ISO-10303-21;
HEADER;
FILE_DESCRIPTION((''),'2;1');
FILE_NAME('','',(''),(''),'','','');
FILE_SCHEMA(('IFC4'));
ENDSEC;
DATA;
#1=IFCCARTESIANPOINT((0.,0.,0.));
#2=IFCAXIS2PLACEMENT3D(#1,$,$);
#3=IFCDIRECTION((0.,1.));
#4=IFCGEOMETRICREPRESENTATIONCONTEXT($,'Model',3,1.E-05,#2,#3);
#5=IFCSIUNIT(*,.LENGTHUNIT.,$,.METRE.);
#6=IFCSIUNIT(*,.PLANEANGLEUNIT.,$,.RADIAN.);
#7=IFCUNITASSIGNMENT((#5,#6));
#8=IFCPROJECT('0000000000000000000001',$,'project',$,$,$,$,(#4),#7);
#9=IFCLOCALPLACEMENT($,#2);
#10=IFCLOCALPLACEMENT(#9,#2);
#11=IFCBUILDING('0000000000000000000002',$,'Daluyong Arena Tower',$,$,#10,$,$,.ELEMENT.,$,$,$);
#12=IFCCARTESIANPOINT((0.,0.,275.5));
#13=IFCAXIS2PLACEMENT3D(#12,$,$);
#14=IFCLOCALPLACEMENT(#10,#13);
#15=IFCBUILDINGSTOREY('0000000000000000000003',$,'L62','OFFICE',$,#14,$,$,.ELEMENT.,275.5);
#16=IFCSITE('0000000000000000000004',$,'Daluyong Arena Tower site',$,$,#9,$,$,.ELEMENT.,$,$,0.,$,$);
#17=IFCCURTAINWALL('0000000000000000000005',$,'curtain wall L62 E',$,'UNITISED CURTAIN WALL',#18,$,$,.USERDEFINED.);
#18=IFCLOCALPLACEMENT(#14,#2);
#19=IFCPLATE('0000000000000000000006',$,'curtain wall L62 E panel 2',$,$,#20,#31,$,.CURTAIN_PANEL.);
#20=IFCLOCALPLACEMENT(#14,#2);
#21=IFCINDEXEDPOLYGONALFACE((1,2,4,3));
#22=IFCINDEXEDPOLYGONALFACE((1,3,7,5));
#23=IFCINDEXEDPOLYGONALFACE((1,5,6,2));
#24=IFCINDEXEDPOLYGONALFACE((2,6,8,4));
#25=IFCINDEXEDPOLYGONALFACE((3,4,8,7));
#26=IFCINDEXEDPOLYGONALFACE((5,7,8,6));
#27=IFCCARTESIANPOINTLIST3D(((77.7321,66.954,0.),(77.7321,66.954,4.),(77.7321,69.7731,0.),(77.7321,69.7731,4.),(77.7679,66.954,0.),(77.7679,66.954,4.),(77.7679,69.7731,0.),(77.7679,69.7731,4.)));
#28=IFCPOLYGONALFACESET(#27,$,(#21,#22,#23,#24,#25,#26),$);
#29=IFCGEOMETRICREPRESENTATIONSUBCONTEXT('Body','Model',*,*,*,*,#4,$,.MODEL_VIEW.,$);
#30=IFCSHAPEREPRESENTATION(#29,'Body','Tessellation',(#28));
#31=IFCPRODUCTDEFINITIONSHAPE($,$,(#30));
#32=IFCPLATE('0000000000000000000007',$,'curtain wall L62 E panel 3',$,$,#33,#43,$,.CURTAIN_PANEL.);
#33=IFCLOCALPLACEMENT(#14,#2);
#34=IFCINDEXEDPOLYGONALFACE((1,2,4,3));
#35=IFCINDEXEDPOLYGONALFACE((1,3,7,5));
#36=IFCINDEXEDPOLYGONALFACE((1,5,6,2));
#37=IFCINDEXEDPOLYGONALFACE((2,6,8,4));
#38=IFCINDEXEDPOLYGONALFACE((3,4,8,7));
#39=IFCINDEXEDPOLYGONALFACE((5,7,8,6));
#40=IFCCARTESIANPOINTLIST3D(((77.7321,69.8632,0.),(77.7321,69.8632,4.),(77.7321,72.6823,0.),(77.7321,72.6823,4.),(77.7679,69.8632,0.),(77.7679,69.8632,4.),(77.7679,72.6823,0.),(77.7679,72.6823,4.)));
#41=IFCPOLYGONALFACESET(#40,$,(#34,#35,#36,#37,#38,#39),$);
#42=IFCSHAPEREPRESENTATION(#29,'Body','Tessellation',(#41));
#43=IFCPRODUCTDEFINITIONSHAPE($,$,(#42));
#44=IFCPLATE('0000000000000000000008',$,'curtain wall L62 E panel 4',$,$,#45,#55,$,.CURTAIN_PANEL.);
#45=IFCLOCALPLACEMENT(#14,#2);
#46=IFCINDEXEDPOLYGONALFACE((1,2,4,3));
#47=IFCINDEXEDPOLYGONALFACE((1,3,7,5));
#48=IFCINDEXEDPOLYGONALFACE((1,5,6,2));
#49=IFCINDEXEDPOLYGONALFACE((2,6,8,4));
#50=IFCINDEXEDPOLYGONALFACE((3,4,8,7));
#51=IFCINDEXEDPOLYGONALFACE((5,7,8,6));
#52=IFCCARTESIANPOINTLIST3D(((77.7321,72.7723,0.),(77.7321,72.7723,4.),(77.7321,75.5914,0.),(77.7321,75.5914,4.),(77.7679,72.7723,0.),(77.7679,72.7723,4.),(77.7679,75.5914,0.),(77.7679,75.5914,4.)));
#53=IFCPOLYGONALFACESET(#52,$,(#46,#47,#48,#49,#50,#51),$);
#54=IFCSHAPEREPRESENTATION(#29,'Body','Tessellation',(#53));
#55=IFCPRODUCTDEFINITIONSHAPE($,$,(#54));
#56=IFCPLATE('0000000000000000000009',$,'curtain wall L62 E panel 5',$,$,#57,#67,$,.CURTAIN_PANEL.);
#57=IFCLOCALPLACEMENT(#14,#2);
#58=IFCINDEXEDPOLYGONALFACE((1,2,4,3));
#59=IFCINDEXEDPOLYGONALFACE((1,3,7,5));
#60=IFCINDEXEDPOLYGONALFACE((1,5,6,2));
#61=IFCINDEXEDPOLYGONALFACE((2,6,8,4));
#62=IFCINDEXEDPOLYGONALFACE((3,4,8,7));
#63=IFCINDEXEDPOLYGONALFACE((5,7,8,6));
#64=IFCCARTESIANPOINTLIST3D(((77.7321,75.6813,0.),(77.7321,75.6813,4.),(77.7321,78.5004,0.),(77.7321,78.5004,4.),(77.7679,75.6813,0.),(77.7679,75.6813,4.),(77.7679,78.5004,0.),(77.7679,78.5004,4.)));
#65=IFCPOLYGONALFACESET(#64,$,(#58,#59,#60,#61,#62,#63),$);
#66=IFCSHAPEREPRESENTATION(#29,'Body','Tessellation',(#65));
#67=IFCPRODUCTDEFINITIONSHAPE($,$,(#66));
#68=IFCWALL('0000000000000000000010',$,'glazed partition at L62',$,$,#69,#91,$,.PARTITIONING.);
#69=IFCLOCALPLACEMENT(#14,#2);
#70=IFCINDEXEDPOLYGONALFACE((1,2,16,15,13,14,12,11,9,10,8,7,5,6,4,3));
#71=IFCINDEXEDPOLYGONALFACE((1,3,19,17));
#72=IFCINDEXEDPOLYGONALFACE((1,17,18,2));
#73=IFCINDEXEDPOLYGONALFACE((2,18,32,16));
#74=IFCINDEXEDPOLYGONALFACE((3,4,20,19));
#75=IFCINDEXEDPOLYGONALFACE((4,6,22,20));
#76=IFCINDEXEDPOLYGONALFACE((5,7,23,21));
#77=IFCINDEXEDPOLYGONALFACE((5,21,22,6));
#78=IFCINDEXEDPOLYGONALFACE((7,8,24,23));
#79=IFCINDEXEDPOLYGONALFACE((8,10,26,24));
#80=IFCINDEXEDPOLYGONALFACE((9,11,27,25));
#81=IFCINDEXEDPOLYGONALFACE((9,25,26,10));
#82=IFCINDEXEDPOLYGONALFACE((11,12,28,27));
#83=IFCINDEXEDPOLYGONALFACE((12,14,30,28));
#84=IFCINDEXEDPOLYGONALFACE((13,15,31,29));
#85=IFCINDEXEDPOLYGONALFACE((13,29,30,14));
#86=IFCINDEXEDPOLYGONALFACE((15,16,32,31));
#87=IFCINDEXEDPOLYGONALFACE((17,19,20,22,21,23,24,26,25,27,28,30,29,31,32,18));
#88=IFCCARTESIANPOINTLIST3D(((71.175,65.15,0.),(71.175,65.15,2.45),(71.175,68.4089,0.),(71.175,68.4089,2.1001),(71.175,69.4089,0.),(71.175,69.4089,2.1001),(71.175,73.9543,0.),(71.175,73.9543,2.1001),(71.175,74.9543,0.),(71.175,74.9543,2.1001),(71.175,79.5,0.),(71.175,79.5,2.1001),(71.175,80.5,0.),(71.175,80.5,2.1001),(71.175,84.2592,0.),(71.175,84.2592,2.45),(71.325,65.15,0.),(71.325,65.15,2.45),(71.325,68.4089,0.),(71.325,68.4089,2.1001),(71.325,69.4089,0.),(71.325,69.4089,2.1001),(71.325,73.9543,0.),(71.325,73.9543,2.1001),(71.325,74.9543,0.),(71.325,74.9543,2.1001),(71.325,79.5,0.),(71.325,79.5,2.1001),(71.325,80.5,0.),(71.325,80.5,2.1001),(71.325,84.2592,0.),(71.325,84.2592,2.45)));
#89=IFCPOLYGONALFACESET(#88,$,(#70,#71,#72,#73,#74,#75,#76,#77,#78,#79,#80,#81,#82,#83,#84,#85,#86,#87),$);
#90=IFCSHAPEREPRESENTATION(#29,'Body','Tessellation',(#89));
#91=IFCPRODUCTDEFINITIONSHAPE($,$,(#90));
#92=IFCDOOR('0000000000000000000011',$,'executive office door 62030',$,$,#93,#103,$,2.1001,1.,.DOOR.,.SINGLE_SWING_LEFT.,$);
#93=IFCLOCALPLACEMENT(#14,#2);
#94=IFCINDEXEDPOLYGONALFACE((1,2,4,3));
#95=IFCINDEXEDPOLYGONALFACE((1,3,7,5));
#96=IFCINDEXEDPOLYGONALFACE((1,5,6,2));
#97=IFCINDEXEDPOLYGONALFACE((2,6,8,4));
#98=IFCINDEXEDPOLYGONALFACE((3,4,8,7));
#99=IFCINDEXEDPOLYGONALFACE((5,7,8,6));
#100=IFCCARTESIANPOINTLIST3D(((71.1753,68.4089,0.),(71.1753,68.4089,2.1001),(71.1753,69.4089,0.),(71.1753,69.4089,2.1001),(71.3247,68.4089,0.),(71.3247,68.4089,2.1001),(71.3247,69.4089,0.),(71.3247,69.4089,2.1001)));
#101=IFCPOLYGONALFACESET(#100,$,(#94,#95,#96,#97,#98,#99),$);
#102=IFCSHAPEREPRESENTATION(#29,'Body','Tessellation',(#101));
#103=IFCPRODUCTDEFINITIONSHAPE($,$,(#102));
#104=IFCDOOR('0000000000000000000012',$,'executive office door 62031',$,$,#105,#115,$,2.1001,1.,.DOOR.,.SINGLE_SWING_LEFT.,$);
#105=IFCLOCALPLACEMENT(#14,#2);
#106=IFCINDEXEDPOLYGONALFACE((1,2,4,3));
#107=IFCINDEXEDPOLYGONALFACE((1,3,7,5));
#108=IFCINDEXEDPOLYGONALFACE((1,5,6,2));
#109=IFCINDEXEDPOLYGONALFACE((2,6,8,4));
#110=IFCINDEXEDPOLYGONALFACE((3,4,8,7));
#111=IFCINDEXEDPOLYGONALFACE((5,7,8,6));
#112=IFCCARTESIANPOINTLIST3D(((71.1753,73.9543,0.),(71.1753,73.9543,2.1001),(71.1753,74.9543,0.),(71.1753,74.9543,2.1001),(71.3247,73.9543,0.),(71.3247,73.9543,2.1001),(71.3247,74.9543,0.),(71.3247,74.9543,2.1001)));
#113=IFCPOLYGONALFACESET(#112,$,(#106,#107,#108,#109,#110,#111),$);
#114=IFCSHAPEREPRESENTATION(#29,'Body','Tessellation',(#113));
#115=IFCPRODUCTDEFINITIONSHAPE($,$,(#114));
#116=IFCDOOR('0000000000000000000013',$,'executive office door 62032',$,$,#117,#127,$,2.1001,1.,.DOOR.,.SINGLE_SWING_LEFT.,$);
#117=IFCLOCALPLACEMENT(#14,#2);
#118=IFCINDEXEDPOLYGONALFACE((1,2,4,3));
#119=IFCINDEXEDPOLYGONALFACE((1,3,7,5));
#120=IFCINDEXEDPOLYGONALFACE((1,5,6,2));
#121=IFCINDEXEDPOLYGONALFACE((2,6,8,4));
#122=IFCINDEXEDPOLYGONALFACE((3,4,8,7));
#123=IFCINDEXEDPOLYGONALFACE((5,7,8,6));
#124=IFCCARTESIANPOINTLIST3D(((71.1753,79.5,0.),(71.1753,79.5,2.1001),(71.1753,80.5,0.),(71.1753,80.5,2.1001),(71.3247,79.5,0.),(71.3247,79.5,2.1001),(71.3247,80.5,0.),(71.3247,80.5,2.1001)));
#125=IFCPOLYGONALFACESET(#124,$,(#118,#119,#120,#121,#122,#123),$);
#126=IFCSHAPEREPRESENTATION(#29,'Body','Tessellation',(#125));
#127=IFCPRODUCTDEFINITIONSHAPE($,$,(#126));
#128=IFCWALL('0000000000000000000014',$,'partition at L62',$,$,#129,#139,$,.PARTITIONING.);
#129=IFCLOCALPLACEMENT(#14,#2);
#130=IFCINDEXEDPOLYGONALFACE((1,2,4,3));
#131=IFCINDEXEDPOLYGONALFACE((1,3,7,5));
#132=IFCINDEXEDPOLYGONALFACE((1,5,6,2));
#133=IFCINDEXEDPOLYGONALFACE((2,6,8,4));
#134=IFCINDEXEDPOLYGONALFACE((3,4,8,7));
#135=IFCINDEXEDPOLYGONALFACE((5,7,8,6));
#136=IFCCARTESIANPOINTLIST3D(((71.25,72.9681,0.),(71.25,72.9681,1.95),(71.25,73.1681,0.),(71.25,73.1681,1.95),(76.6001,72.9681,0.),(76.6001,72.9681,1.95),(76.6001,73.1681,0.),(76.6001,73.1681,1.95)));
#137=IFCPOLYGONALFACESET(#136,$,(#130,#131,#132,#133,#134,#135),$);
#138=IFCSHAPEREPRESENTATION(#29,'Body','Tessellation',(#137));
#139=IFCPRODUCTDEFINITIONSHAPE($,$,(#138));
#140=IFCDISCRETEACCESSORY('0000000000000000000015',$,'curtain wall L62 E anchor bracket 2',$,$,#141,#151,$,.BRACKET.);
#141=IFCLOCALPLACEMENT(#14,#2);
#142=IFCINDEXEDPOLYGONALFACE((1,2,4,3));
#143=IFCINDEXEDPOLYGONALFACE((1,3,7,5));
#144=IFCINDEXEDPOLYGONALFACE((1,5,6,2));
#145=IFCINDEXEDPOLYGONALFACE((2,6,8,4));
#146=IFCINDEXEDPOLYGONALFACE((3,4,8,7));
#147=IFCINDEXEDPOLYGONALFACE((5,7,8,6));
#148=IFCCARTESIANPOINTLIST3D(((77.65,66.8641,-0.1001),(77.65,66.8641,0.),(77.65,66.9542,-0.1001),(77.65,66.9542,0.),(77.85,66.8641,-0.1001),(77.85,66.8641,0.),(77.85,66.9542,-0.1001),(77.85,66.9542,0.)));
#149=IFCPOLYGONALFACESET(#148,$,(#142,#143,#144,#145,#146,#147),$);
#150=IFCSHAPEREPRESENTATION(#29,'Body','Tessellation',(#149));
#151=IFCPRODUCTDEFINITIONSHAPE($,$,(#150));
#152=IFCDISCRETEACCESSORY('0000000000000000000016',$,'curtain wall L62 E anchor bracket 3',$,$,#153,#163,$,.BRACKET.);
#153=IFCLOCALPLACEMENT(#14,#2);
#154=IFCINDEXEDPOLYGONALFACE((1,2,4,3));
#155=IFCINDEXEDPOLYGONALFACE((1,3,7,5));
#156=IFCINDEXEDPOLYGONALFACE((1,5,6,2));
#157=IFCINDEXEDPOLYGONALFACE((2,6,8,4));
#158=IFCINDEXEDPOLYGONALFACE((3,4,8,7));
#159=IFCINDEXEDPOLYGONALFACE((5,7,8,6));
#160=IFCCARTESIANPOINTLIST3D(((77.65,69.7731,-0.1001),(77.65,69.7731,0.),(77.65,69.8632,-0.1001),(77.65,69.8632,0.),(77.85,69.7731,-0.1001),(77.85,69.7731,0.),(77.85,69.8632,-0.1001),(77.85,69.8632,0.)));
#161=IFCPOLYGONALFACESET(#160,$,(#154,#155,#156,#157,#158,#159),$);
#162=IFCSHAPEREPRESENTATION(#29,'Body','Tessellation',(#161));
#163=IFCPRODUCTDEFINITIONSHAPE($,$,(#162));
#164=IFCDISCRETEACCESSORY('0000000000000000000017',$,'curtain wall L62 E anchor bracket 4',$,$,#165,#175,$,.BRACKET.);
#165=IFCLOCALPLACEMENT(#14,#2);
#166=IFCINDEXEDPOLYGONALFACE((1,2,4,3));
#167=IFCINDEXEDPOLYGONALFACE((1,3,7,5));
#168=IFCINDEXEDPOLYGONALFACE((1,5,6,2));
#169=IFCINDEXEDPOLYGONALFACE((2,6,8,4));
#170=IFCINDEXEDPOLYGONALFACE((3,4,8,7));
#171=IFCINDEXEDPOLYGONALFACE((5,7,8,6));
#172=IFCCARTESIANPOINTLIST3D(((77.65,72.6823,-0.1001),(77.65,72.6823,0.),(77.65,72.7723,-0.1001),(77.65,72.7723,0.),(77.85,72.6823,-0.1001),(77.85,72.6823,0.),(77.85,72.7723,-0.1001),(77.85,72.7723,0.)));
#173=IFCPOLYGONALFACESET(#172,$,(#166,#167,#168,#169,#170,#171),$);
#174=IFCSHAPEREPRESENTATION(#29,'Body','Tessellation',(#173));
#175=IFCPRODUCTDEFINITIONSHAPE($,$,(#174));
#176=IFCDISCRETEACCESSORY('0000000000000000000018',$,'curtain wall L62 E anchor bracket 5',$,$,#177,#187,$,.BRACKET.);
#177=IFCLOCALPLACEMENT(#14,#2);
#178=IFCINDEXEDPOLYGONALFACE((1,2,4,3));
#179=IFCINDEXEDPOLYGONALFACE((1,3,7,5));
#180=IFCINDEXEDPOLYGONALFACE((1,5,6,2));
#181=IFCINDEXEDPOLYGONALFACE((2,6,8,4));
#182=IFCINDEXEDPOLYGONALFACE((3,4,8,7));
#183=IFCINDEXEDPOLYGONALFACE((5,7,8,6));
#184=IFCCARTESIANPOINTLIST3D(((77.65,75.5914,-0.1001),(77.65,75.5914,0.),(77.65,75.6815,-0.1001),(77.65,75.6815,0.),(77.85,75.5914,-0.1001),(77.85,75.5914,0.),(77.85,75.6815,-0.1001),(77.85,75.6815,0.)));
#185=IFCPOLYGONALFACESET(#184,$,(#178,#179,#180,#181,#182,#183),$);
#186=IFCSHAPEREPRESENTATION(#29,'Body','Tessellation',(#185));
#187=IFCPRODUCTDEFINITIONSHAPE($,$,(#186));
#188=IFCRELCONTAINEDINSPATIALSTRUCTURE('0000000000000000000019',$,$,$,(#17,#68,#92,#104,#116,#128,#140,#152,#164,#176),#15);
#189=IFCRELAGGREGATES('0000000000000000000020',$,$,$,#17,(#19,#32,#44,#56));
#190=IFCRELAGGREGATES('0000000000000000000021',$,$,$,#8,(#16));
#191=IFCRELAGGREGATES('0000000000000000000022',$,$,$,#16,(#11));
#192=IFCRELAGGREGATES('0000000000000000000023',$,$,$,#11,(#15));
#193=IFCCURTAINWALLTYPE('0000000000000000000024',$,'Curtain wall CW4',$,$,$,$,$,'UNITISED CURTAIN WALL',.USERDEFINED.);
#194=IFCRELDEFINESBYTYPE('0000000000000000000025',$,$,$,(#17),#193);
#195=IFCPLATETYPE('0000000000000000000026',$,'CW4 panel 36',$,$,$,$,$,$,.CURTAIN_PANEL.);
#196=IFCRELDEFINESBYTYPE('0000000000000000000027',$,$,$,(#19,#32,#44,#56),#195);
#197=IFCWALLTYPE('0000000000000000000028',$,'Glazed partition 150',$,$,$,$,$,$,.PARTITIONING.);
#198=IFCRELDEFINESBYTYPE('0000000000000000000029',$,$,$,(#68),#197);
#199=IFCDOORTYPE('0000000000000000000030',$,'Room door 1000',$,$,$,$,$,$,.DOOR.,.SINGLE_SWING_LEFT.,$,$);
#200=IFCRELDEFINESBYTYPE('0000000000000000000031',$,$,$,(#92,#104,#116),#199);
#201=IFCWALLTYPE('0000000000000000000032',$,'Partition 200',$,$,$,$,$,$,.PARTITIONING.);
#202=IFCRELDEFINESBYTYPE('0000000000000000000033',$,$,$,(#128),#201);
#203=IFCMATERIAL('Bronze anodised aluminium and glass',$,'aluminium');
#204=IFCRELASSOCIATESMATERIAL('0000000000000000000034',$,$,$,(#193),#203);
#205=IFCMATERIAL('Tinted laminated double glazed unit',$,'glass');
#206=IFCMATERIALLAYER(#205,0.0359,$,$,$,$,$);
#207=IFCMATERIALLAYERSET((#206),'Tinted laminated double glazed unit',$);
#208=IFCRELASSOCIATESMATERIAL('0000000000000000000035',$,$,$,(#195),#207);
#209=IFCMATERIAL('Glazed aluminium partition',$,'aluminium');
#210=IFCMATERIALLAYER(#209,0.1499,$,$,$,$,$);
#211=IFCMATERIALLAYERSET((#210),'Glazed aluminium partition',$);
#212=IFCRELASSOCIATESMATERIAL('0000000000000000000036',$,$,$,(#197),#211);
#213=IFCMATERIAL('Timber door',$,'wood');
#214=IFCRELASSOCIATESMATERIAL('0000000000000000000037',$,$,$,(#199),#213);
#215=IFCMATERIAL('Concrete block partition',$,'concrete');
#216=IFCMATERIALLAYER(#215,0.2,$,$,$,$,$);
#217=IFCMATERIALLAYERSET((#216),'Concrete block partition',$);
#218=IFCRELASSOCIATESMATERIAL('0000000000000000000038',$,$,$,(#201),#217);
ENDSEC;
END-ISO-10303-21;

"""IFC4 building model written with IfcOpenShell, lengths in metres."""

from ifc_helpers import new_model, si_unit, direction, frame, frame_2d, origin, origin_2d, place, context, subcontext, project, spatial, rectangle, extrude, material, layer, layer_set, type_object, element, fill, aggregate, save


model = new_model("IFC4")

# Units and contexts
model_context = context("Model", 3, precision=1e-05, world=origin(), true_north=direction((0.0, 1.0)))
body_context = subcontext(model_context, "Body", "Model", "MODEL_VIEW")
ifc_project = project(units=[si_unit("LENGTHUNIT", "METRE"), si_unit("PLANEANGLEUNIT", "RADIAN")], contexts=[model_context])

# Site, building, storey
site_placement = place(None, origin())
site = spatial("IfcSite", under=ifc_project, at=site_placement, Name="Daluyong Arena Tower site", CompositionType="ELEMENT", RefElevation=0.0)
building_placement = place(site_placement, origin())
building = spatial("IfcBuilding", under=site, at=building_placement, Name="Daluyong Arena Tower", CompositionType="ELEMENT")
storey_placement = place(building_placement, frame((0.0, 0.0, 275.5)))
storey = spatial("IfcBuildingStorey", under=building, at=storey_placement, Name="L62", Description="OFFICE", CompositionType="ELEMENT", Elevation=275.5)

# Curtain wall
ifc_material_1 = material(Name="Bronze anodised aluminium and glass", Category="aluminium")
curtain_wall_type = type_object("IfcCurtainWallType", Name="Curtain wall CW4", ElementType="UNITISED CURTAIN WALL", PredefinedType="USERDEFINED", material=ifc_material_1)
curtain_wall_placement = place(storey_placement, origin())
curtain_wall = element("IfcCurtainWall", 1, at=curtain_wall_placement, inside=storey, type_object=curtain_wall_type, Name="curtain wall L62 E", ObjectType="UNITISED CURTAIN WALL", PredefinedType="USERDEFINED")

# Plates
ifc_material_2 = material(Name="Tinted laminated double glazed unit", Category="glass")
ifc_layer_1 = layer(ifc_material_2, 0.0359)
ifc_layer_set_1 = layer_set([ifc_layer_1], Name="Tinted laminated double glazed unit")
plate_type = type_object("IfcPlateType", Name="CW4 panel 36", PredefinedType="CURTAIN_PANEL", material=ifc_layer_set_1)
plate_1_placement = place(storey_placement, frame((77.75, 68.3635, 0.0), z_axis=(0.0, 0.0, 1.0), x_axis=(0.0, 1.0, 0.0)))
plate_1 = element("IfcPlate", 2, at=plate_1_placement, type_object=plate_type, Name="curtain wall L62 E panel 2", PredefinedType="CURTAIN_PANEL", context=body_context, shape_type="SweptSolid", body=[
    extrude(rectangle(XDim=2.8191, YDim=0.0359, at=origin_2d()), origin(), (0.0, 0.0, 1.0), 4.0),
])
plate_2_placement = place(storey_placement, frame((77.75, 71.2727, 0.0), z_axis=(0.0, 0.0, 1.0), x_axis=(0.0, 1.0, 0.0)))
plate_2 = element("IfcPlate", 3, at=plate_2_placement, type_object=plate_type, Name="curtain wall L62 E panel 3", PredefinedType="CURTAIN_PANEL", context=body_context, shape_type="SweptSolid", body=[
    extrude(rectangle(XDim=2.8191, YDim=0.0359, at=origin_2d()), origin(), (0.0, 0.0, 1.0), 4.0),
])
plate_3_placement = place(storey_placement, frame((77.75, 74.1819, 0.0), z_axis=(0.0, 0.0, 1.0), x_axis=(0.0, 1.0, 0.0)))
plate_3 = element("IfcPlate", 4, at=plate_3_placement, type_object=plate_type, Name="curtain wall L62 E panel 4", PredefinedType="CURTAIN_PANEL", context=body_context, shape_type="SweptSolid", body=[
    extrude(rectangle(XDim=2.8191, YDim=0.0359, at=origin_2d()), origin(), (0.0, 0.0, 1.0), 4.0),
])
plate_4_placement = place(storey_placement, frame((77.75, 77.0908, 0.0), z_axis=(0.0, 0.0, 1.0), x_axis=(0.0, 1.0, 0.0)))
plate_4 = element("IfcPlate", 5, at=plate_4_placement, type_object=plate_type, Name="curtain wall L62 E panel 5", PredefinedType="CURTAIN_PANEL", context=body_context, shape_type="SweptSolid", body=[
    extrude(rectangle(XDim=2.8191, YDim=0.0359, at=origin_2d()), origin(), (0.0, 0.0, 1.0), 4.0),
])
aggregate(curtain_wall, [plate_1, plate_2, plate_3, plate_4])

# Wall, openings, doors
ifc_material_3 = material(Name="Glazed aluminium partition", Category="aluminium")
ifc_layer_2 = layer(ifc_material_3, 0.1499)
ifc_layer_set_2 = layer_set([ifc_layer_2], Name="Glazed aluminium partition")
wall_type_1 = type_object("IfcWallType", Name="Glazed partition 150", PredefinedType="PARTITIONING", material=ifc_layer_set_2)
wall_1_placement = place(storey_placement, frame((71.25, 65.1499, 0.0), z_axis=(0.0, 0.0, 1.0), x_axis=(0.0, 1.0, 0.0)))
wall_1 = element("IfcWall", 6, at=wall_1_placement, inside=storey, type_object=wall_type_1, Name="glazed partition at L62", PredefinedType="PARTITIONING", context=body_context, shape_type="SweptSolid", body=[
    extrude(rectangle(XDim=19.1091, YDim=0.1499, at=frame_2d((9.5547, 0.0))), origin(), (0.0, 0.0, 1.0), 2.45),
])
opening_1_placement = place(wall_1_placement, frame((3.259, 0.0, 0.0)))
opening_1 = element("IfcOpeningElement", 7, at=opening_1_placement, cuts=wall_1, PredefinedType="OPENING", context=body_context, shape_type="SweptSolid", body=[
    extrude(rectangle(XDim=1.0, YDim=2.1001, at=frame_2d((0.5, 1.05))), frame((0.0, 0.085, 0.0), z_axis=(0.0, -1.0, 0.0), x_axis=(1.0, 0.0, 0.0)), (0.0, 0.0, 1.0), 0.1699),
])
opening_2_placement = place(wall_1_placement, frame((8.8044, 0.0, 0.0)))
opening_2 = element("IfcOpeningElement", 8, at=opening_2_placement, cuts=wall_1, PredefinedType="OPENING", context=body_context, shape_type="SweptSolid", body=[
    extrude(rectangle(XDim=1.0, YDim=2.1001, at=frame_2d((0.5, 1.05))), frame((0.0, 0.085, 0.0), z_axis=(0.0, -1.0, 0.0), x_axis=(1.0, 0.0, 0.0)), (0.0, 0.0, 1.0), 0.1699),
])
opening_3_placement = place(wall_1_placement, frame((14.3501, 0.0, 0.0)))
opening_3 = element("IfcOpeningElement", 9, at=opening_3_placement, cuts=wall_1, PredefinedType="OPENING", context=body_context, shape_type="SweptSolid", body=[
    extrude(rectangle(XDim=1.0, YDim=2.1001, at=frame_2d((0.5, 1.05))), frame((0.0, 0.085, 0.0), z_axis=(0.0, -1.0, 0.0), x_axis=(1.0, 0.0, 0.0)), (0.0, 0.0, 1.0), 0.1699),
])
ifc_material_4 = material(Name="Timber door", Category="wood")
door_type = type_object("IfcDoorType", Name="Room door 1000", OperationType="SINGLE_SWING_LEFT", PredefinedType="DOOR", material=ifc_material_4)
door_1_placement = place(opening_1_placement, origin())
door_1 = element("IfcDoor", 10, at=door_1_placement, inside=storey, type_object=door_type, Name="executive office door 62030", OperationType="SINGLE_SWING_LEFT", OverallHeight=2.1001, OverallWidth=1.0, PredefinedType="DOOR", context=body_context, shape_type="SweptSolid", body=[
    extrude(rectangle(XDim=1.0, YDim=2.1001, at=frame_2d((0.5, 1.05))), frame((0.0, 0.0747, 0.0), z_axis=(0.0, -1.0, 0.0), x_axis=(1.0, 0.0, 0.0)), (0.0, 0.0, 1.0), 0.1494),
])
fill(opening_1, door_1)
door_2_placement = place(opening_2_placement, origin())
door_2 = element("IfcDoor", 11, at=door_2_placement, inside=storey, type_object=door_type, Name="executive office door 62031", OperationType="SINGLE_SWING_LEFT", OverallHeight=2.1001, OverallWidth=1.0, PredefinedType="DOOR", context=body_context, shape_type="SweptSolid", body=[
    extrude(rectangle(XDim=1.0, YDim=2.1001, at=frame_2d((0.5, 1.05))), frame((0.0, 0.0747, 0.0), z_axis=(0.0, -1.0, 0.0), x_axis=(1.0, 0.0, 0.0)), (0.0, 0.0, 1.0), 0.1494),
])
fill(opening_2, door_2)
door_3_placement = place(opening_3_placement, origin())
door_3 = element("IfcDoor", 12, at=door_3_placement, inside=storey, type_object=door_type, Name="executive office door 62032", OperationType="SINGLE_SWING_LEFT", OverallHeight=2.1001, OverallWidth=1.0, PredefinedType="DOOR", context=body_context, shape_type="SweptSolid", body=[
    extrude(rectangle(XDim=1.0, YDim=2.1001, at=frame_2d((0.5, 1.05))), frame((0.0, 0.0747, 0.0), z_axis=(0.0, -1.0, 0.0), x_axis=(1.0, 0.0, 0.0)), (0.0, 0.0, 1.0), 0.1494),
])
fill(opening_3, door_3)

# Wall
ifc_material_5 = material(Name="Concrete block partition", Category="concrete")
ifc_layer_3 = layer(ifc_material_5, 0.2)
ifc_layer_set_3 = layer_set([ifc_layer_3], Name="Concrete block partition")
wall_type_2 = type_object("IfcWallType", Name="Partition 200", PredefinedType="PARTITIONING", material=ifc_layer_set_3)
wall_2_placement = place(storey_placement, frame((71.25, 73.0681, 0.0), z_axis=(0.0, 0.0, 1.0), x_axis=(1.0, 0.0, 0.0)))
element("IfcWall", 13, at=wall_2_placement, inside=storey, type_object=wall_type_2, Name="partition at L62", PredefinedType="PARTITIONING", context=body_context, shape_type="SweptSolid", body=[
    extrude(rectangle(XDim=5.3501, YDim=0.2, at=frame_2d((2.675, 0.0))), origin(), (0.0, 0.0, 1.0), 1.95),
])

# Discrete accessories
for number, where, z_axis, x_axis, name in (
    (14, (77.75, 66.9092, -0.1001), (0.0, 0.0, 1.0), (0.0, 1.0, 0.0), "curtain wall L62 E anchor bracket 2"),
    (15, (77.75, 69.8181, -0.1001), (0.0, 0.0, 1.0), (0.0, 1.0, 0.0), "curtain wall L62 E anchor bracket 3"),
    (16, (77.75, 72.7273, -0.1001), (0.0, 0.0, 1.0), (0.0, 1.0, 0.0), "curtain wall L62 E anchor bracket 4"),
    (17, (77.75, 75.6365, -0.1001), (0.0, 0.0, 1.0), (0.0, 1.0, 0.0), "curtain wall L62 E anchor bracket 5"),
):
    element("IfcDiscreteAccessory", number, at=place(storey_placement, frame(where, z_axis=z_axis, x_axis=x_axis)), inside=storey, Name=name, PredefinedType="BRACKET", context=body_context, shape_type="SweptSolid", body=[
        extrude(rectangle(XDim=0.0901, YDim=0.2, at=origin_2d()), origin(), (0.0, 0.0, 1.0), 0.1001),
    ])

save(model, "model.ifc")
